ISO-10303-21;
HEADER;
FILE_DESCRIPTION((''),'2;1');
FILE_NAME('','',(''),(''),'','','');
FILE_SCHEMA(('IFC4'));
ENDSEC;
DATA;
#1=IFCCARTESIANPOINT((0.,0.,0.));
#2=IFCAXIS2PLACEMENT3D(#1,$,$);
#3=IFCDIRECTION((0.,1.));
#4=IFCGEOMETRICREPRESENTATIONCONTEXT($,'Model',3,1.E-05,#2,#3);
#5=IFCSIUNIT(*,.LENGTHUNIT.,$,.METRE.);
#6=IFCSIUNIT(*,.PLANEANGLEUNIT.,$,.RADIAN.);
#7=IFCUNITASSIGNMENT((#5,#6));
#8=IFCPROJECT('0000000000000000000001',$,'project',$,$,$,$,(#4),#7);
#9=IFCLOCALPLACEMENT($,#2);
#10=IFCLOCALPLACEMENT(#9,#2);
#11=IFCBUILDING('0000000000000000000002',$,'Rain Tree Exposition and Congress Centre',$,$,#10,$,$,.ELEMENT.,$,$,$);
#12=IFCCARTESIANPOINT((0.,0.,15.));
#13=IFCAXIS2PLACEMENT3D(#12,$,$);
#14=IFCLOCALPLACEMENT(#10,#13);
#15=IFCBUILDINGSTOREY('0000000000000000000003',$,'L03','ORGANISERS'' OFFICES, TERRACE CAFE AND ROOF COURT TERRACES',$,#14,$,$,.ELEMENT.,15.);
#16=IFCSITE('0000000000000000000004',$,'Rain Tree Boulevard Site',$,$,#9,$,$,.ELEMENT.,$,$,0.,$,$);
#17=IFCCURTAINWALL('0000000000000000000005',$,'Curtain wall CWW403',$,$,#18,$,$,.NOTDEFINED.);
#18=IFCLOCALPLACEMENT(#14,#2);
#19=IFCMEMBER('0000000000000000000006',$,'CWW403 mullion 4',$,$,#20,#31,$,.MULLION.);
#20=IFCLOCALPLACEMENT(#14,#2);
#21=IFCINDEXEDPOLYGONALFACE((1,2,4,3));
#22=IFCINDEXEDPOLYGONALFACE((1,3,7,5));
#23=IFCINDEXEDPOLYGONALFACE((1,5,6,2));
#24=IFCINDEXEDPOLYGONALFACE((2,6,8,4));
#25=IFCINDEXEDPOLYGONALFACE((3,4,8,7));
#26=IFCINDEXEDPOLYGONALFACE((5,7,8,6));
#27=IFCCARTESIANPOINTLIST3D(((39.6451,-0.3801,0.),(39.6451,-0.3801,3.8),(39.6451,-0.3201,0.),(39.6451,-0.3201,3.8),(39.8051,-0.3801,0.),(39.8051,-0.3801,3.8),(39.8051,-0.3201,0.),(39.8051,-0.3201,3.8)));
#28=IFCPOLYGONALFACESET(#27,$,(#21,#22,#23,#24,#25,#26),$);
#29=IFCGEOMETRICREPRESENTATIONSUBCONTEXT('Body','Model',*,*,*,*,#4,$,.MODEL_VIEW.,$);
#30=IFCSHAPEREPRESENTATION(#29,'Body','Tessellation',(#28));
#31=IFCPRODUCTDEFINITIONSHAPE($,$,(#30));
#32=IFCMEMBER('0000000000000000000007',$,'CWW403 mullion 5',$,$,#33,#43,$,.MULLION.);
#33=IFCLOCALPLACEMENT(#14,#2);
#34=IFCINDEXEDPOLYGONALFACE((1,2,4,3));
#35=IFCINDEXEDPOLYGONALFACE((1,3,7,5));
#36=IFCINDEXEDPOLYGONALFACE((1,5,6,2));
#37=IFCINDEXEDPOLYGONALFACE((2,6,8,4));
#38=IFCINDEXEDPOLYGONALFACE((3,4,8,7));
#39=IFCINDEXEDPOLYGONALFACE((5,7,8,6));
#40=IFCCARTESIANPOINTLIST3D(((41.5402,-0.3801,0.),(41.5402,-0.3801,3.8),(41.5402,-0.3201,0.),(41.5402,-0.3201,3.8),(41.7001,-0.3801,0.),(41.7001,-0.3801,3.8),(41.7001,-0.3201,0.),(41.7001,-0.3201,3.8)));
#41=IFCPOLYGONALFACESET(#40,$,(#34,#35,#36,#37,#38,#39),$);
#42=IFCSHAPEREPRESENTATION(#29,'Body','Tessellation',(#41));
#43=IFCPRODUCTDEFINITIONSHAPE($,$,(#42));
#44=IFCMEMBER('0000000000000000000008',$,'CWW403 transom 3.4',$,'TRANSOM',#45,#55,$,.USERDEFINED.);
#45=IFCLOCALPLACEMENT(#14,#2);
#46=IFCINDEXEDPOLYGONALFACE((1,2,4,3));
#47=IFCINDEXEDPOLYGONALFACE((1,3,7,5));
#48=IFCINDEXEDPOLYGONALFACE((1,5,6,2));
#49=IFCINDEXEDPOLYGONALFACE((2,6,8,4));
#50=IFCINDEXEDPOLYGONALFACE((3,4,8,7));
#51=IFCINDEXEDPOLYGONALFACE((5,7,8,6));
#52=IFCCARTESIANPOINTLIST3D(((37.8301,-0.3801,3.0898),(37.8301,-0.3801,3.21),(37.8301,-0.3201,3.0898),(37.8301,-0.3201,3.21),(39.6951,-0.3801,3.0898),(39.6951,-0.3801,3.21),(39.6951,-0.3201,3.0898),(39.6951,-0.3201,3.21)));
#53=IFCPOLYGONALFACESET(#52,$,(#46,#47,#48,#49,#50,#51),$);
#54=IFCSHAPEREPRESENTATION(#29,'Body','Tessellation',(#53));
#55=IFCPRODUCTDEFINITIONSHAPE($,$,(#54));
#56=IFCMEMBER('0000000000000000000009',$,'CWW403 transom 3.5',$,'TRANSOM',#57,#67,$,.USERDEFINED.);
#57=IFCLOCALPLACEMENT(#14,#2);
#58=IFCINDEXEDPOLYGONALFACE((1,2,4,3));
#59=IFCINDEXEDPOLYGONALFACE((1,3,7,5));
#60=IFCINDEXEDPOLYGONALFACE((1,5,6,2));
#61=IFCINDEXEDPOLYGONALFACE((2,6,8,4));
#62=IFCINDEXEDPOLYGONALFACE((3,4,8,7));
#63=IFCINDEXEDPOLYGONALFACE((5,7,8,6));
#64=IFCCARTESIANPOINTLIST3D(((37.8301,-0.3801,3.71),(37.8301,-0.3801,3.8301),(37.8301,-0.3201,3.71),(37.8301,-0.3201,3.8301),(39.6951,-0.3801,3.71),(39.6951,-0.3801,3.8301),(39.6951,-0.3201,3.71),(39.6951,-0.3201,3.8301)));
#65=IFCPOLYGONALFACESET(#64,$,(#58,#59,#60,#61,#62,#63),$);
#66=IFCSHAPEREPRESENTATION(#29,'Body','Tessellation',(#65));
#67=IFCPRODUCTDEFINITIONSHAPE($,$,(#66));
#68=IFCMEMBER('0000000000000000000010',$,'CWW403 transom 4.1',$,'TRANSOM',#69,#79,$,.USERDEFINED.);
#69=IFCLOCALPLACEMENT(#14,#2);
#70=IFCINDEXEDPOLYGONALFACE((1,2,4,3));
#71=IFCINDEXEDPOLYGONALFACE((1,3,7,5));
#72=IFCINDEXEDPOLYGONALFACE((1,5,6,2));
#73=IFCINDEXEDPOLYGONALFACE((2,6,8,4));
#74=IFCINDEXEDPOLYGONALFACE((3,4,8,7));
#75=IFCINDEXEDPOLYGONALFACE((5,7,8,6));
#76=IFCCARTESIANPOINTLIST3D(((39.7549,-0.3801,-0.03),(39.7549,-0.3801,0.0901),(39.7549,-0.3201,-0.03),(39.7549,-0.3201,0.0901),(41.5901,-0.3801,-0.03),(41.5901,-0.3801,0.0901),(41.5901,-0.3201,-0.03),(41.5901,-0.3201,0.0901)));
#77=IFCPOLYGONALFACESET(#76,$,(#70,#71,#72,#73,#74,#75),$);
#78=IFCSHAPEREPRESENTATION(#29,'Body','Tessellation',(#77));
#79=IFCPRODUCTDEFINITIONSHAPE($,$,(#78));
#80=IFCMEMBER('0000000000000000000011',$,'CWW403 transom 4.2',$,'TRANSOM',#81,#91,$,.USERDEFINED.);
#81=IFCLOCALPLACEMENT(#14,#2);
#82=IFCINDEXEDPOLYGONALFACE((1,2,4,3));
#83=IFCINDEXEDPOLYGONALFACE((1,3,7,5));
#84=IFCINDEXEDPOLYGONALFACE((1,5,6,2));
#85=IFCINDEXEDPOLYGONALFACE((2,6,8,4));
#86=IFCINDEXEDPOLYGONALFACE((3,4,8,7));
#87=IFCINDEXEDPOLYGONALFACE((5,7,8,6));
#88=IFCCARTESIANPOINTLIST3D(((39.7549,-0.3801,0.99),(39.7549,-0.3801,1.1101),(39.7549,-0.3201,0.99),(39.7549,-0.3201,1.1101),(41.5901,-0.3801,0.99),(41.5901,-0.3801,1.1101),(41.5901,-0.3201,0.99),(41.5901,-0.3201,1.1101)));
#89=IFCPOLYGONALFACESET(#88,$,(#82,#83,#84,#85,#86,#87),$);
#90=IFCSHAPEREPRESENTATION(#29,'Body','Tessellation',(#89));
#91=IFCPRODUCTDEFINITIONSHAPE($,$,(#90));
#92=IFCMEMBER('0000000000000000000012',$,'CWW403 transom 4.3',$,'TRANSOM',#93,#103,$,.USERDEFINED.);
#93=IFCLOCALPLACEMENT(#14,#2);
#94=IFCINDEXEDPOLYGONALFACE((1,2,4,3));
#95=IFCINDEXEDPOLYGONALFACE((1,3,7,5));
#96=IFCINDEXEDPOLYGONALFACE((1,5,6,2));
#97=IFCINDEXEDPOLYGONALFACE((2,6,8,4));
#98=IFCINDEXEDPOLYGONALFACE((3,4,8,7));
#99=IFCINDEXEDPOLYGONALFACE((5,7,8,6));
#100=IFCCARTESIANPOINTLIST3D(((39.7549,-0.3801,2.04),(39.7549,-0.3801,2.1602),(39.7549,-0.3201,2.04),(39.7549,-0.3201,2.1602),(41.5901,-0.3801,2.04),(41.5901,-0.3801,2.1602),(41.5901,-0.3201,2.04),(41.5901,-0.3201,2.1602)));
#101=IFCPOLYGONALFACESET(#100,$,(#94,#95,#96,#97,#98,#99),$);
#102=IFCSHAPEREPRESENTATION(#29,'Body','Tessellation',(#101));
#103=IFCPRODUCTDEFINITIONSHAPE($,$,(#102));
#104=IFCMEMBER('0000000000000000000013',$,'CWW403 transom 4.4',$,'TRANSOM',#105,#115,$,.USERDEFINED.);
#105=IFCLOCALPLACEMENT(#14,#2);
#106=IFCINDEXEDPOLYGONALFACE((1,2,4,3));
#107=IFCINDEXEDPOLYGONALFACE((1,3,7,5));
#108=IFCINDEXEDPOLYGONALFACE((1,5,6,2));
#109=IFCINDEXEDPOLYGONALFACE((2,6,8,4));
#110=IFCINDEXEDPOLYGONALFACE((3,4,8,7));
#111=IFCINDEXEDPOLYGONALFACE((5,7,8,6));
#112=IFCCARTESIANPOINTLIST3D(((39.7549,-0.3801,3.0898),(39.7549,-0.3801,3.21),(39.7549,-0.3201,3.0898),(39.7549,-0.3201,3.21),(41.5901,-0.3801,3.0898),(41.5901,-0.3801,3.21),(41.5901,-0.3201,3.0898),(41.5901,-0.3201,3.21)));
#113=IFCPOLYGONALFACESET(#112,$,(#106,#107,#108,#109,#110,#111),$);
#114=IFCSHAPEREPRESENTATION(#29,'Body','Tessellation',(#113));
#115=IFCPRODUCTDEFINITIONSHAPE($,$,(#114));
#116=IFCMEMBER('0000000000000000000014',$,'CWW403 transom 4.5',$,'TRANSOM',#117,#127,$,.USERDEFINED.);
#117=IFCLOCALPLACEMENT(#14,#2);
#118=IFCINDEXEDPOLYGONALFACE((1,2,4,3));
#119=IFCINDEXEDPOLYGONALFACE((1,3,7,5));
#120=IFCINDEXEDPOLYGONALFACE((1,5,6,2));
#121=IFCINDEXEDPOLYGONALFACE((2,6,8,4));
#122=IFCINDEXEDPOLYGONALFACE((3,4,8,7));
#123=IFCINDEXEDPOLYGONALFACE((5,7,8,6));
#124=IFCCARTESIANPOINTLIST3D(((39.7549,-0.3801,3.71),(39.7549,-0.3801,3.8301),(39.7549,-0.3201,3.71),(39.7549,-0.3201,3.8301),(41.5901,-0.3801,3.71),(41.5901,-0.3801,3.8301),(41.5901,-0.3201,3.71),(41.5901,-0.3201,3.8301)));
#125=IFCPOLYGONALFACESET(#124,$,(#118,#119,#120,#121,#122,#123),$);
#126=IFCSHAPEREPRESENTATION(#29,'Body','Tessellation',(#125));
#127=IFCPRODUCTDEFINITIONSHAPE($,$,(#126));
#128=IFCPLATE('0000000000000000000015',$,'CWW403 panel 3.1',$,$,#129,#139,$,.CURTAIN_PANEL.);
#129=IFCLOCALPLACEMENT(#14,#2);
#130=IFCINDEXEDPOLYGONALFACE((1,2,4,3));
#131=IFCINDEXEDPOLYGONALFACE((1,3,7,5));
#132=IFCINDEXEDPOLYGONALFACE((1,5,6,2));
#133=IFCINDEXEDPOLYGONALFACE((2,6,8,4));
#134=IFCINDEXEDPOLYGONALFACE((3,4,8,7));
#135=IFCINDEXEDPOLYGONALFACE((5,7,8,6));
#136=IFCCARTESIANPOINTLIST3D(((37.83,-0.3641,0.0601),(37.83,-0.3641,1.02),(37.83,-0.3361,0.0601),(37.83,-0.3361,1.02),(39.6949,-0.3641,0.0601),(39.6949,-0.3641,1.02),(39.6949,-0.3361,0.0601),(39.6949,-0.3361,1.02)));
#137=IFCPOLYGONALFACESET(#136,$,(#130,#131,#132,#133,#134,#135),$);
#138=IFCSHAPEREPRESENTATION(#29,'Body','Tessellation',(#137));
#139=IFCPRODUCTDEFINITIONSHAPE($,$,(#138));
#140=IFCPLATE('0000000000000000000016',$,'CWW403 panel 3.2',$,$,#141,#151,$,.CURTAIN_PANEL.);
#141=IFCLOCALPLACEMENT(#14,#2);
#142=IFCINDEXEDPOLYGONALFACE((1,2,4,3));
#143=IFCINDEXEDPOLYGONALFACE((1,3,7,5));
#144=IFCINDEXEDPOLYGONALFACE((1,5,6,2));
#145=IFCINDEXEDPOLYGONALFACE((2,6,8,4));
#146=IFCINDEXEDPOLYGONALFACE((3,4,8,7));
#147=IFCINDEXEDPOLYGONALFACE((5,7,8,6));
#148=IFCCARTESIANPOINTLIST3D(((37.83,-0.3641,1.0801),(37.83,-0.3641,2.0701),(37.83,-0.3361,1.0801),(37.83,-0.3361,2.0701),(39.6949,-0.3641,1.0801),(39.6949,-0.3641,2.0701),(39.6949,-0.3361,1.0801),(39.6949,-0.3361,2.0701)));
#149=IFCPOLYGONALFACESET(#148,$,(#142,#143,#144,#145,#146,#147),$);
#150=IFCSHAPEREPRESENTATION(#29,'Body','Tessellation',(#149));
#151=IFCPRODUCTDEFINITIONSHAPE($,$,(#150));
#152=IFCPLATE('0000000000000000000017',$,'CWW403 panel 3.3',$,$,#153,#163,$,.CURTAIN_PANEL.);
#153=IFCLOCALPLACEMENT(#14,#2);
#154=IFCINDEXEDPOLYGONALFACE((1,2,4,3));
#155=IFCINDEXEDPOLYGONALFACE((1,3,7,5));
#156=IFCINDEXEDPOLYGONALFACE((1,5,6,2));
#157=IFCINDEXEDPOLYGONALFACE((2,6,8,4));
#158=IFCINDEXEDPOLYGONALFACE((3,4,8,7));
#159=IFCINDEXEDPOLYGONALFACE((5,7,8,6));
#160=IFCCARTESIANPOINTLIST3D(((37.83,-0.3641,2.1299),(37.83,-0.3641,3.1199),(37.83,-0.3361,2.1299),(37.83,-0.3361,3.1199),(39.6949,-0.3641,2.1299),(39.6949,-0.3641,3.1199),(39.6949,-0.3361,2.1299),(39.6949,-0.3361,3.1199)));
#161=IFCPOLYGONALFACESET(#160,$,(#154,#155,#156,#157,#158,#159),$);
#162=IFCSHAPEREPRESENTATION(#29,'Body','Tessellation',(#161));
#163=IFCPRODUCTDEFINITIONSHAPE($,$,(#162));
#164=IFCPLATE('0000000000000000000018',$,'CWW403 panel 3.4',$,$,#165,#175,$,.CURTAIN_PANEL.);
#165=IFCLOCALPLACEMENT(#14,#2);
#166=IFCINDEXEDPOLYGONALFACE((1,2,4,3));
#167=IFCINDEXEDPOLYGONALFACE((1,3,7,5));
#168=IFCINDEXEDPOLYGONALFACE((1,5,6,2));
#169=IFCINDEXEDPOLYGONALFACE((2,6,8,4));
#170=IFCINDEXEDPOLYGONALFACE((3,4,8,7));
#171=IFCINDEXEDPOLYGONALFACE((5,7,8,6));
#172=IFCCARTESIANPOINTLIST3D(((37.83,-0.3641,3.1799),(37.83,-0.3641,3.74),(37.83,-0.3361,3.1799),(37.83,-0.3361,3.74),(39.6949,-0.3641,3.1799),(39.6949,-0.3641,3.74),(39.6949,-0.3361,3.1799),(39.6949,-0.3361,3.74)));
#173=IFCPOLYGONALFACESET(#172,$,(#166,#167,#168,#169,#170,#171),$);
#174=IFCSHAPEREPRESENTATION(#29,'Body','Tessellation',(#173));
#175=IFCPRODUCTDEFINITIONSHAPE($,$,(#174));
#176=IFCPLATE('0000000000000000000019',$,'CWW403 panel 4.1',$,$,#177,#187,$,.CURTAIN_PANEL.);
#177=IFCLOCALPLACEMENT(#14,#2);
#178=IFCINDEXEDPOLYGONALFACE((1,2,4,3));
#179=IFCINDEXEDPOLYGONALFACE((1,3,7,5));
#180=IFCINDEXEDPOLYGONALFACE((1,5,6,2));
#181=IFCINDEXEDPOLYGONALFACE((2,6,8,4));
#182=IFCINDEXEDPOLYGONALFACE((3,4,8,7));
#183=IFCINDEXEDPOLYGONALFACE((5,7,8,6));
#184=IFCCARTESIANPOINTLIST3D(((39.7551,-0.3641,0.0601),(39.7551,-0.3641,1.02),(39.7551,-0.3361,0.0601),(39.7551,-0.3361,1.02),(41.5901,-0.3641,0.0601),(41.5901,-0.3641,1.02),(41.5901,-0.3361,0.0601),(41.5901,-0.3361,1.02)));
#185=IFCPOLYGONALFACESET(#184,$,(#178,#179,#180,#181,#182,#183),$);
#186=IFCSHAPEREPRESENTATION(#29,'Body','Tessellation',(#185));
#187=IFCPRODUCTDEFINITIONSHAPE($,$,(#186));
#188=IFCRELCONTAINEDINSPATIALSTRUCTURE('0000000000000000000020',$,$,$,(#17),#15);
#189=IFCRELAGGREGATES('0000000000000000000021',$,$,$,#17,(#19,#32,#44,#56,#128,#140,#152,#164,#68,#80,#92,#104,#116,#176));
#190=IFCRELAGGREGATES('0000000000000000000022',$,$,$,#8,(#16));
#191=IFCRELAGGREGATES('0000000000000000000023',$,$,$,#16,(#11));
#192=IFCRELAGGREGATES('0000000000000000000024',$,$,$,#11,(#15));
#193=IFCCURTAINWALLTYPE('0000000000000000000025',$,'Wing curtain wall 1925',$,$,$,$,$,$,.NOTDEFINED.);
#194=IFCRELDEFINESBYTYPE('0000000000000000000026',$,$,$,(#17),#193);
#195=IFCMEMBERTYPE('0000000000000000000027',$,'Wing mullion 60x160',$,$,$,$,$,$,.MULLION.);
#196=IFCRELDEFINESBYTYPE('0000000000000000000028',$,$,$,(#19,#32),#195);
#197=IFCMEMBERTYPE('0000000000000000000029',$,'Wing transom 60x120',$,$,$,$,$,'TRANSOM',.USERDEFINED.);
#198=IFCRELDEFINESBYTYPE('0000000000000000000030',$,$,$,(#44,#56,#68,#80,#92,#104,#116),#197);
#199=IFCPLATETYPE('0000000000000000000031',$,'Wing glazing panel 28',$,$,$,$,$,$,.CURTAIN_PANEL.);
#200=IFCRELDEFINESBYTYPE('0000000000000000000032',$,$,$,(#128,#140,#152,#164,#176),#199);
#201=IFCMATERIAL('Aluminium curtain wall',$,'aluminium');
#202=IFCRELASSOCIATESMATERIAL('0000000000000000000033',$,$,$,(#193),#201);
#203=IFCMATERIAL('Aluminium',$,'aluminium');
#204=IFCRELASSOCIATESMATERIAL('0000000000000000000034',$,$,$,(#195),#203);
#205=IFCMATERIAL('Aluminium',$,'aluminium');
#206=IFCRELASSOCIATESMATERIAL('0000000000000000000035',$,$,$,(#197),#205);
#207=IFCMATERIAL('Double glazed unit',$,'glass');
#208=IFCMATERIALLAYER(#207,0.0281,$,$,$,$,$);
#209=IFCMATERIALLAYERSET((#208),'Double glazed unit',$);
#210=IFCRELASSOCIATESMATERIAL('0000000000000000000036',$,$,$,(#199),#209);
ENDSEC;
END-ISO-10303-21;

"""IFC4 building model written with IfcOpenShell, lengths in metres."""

from ifc_helpers import new_model, si_unit, direction, frame, origin, origin_2d, place, context, subcontext, project, spatial, rectangle, extrude, material, layer, layer_set, material_profile, profile_set, type_object, element, aggregate, save


model = new_model("IFC4")

# Units and contexts
model_context = context("Model", 3, precision=1e-05, world=origin(), true_north=direction((0.0, 1.0)))
body_context = subcontext(model_context, "Body", "Model", "MODEL_VIEW")
ifc_project = project(units=[si_unit("LENGTHUNIT", "METRE"), si_unit("PLANEANGLEUNIT", "RADIAN")], contexts=[model_context])

# Site, building, storey
site_placement = place(None, origin())
site = spatial("IfcSite", under=ifc_project, at=site_placement, Name="Rain Tree Boulevard Site", CompositionType="ELEMENT", RefElevation=0.0)
building_placement = place(site_placement, origin())
building = spatial("IfcBuilding", under=site, at=building_placement, Name="Rain Tree Exposition and Congress Centre", CompositionType="ELEMENT")
storey_placement = place(building_placement, frame((0.0, 0.0, 15.0)))
storey = spatial("IfcBuildingStorey", under=building, at=storey_placement, Name="L03", Description="ORGANISERS' OFFICES, TERRACE CAFE AND ROOF COURT TERRACES", CompositionType="ELEMENT", Elevation=15.0)

# Curtain wall, members, plates
ifc_material_1 = material(Name="Aluminium curtain wall", Category="aluminium")
curtain_wall_type = type_object("IfcCurtainWallType", Name="Wing curtain wall 1925", PredefinedType="NOTDEFINED", material=ifc_material_1)
curtain_wall_placement = place(storey_placement, origin())
curtain_wall = element("IfcCurtainWall", 1, at=curtain_wall_placement, inside=storey, type_object=curtain_wall_type, Name="Curtain wall CWW403", PredefinedType="NOTDEFINED")
ifc_material_2 = material(Name="Aluminium", Category="aluminium")
ifc_material_profile_1 = material_profile(ifc_material_2, rectangle(XDim=0.0601, YDim=0.1599, at=origin_2d()), Name="Aluminium 60x160")
ifc_profile_set_1 = profile_set([ifc_material_profile_1], Name="Aluminium")
member_type_1 = type_object("IfcMemberType", Name="Wing mullion 60x160", PredefinedType="MULLION", material=ifc_profile_set_1)
member_1_placement = place(storey_placement, frame((39.7251, -0.3501, 0.0), z_axis=(0.0, 0.0, 1.0), x_axis=(0.0, 1.0, 0.0)))
member_1 = element("IfcMember", 2, at=member_1_placement, type_object=member_type_1, Name="CWW403 mullion 4", PredefinedType="MULLION", context=body_context, shape_type="SweptSolid", body=[
    extrude(rectangle(XDim=0.0601, YDim=0.1599, at=origin_2d()), origin(), (0.0, 0.0, 1.0), 3.8),
])
member_2_placement = place(storey_placement, frame((41.6201, -0.3501, 0.0), z_axis=(0.0, 0.0, 1.0), x_axis=(0.0, 1.0, 0.0)))
member_2 = element("IfcMember", 3, at=member_2_placement, type_object=member_type_1, Name="CWW403 mullion 5", PredefinedType="MULLION", context=body_context, shape_type="SweptSolid", body=[
    extrude(rectangle(XDim=0.0601, YDim=0.1599, at=origin_2d()), origin(), (0.0, 0.0, 1.0), 3.8),
])
ifc_material_3 = material(Name="Aluminium", Category="aluminium")
ifc_material_profile_2 = material_profile(ifc_material_3, rectangle(XDim=0.0601, YDim=0.1201, at=origin_2d()), Name="Aluminium 60x120")
ifc_profile_set_2 = profile_set([ifc_material_profile_2], Name="Aluminium")
member_type_2 = type_object("IfcMemberType", Name="Wing transom 60x120", ElementType="TRANSOM", PredefinedType="USERDEFINED", material=ifc_profile_set_2)
member_3_placement = place(storey_placement, frame((37.8301, -0.3501, 3.1499), z_axis=(1.0, 0.0, 0.0), x_axis=(0.0, 1.0, 0.0)))
member_3 = element("IfcMember", 4, at=member_3_placement, type_object=member_type_2, Name="CWW403 transom 3.4", ObjectType="TRANSOM", PredefinedType="USERDEFINED", context=body_context, shape_type="SweptSolid", body=[
    extrude(rectangle(XDim=0.0601, YDim=0.1201, at=origin_2d()), origin(), (0.0, 0.0, 1.0), 1.865),
])
member_4_placement = place(storey_placement, frame((37.8301, -0.3501, 3.77), z_axis=(1.0, 0.0, 0.0), x_axis=(0.0, 1.0, 0.0)))
member_4 = element("IfcMember", 5, at=member_4_placement, type_object=member_type_2, Name="CWW403 transom 3.5", ObjectType="TRANSOM", PredefinedType="USERDEFINED", context=body_context, shape_type="SweptSolid", body=[
    extrude(rectangle(XDim=0.0601, YDim=0.1201, at=origin_2d()), origin(), (0.0, 0.0, 1.0), 1.865),
])
member_5_placement = place(storey_placement, frame((39.7549, -0.3501, 0.03), z_axis=(1.0, 0.0, 0.0), x_axis=(0.0, 1.0, 0.0)))
member_5 = element("IfcMember", 6, at=member_5_placement, type_object=member_type_2, Name="CWW403 transom 4.1", ObjectType="TRANSOM", PredefinedType="USERDEFINED", context=body_context, shape_type="SweptSolid", body=[
    extrude(rectangle(XDim=0.0601, YDim=0.1201, at=origin_2d()), origin(), (0.0, 0.0, 1.0), 1.8352),
])
member_6_placement = place(storey_placement, frame((39.7549, -0.3501, 1.05), z_axis=(1.0, 0.0, 0.0), x_axis=(0.0, 1.0, 0.0)))
member_6 = element("IfcMember", 7, at=member_6_placement, type_object=member_type_2, Name="CWW403 transom 4.2", ObjectType="TRANSOM", PredefinedType="USERDEFINED", context=body_context, shape_type="SweptSolid", body=[
    extrude(rectangle(XDim=0.0601, YDim=0.1201, at=origin_2d()), origin(), (0.0, 0.0, 1.0), 1.8352),
])
member_7_placement = place(storey_placement, frame((39.7549, -0.3501, 2.1001), z_axis=(1.0, 0.0, 0.0), x_axis=(0.0, 1.0, 0.0)))
member_7 = element("IfcMember", 8, at=member_7_placement, type_object=member_type_2, Name="CWW403 transom 4.3", ObjectType="TRANSOM", PredefinedType="USERDEFINED", context=body_context, shape_type="SweptSolid", body=[
    extrude(rectangle(XDim=0.0601, YDim=0.1201, at=origin_2d()), origin(), (0.0, 0.0, 1.0), 1.8352),
])
member_8_placement = place(storey_placement, frame((39.7549, -0.3501, 3.1499), z_axis=(1.0, 0.0, 0.0), x_axis=(0.0, 1.0, 0.0)))
member_8 = element("IfcMember", 9, at=member_8_placement, type_object=member_type_2, Name="CWW403 transom 4.4", ObjectType="TRANSOM", PredefinedType="USERDEFINED", context=body_context, shape_type="SweptSolid", body=[
    extrude(rectangle(XDim=0.0601, YDim=0.1201, at=origin_2d()), origin(), (0.0, 0.0, 1.0), 1.8352),
])
member_9_placement = place(storey_placement, frame((39.7549, -0.3501, 3.77), z_axis=(1.0, 0.0, 0.0), x_axis=(0.0, 1.0, 0.0)))
member_9 = element("IfcMember", 10, at=member_9_placement, type_object=member_type_2, Name="CWW403 transom 4.5", ObjectType="TRANSOM", PredefinedType="USERDEFINED", context=body_context, shape_type="SweptSolid", body=[
    extrude(rectangle(XDim=0.0601, YDim=0.1201, at=origin_2d()), origin(), (0.0, 0.0, 1.0), 1.8352),
])
ifc_material_4 = material(Name="Double glazed unit", Category="glass")
ifc_layer_1 = layer(ifc_material_4, 0.0281)
ifc_layer_set_1 = layer_set([ifc_layer_1], Name="Double glazed unit")
plate_type = type_object("IfcPlateType", Name="Wing glazing panel 28", PredefinedType="CURTAIN_PANEL", material=ifc_layer_set_1)
plate_1_placement = place(storey_placement, frame((38.7625, -0.3501, 0.0601), z_axis=(0.0, 0.0, 1.0), x_axis=(1.0, 0.0, 0.0)))
plate_1 = element("IfcPlate", 11, at=plate_1_placement, type_object=plate_type, Name="CWW403 panel 3.1", PredefinedType="CURTAIN_PANEL", context=body_context, shape_type="SweptSolid", body=[
    extrude(rectangle(XDim=1.865, YDim=0.0281, at=origin_2d()), origin(), (0.0, 0.0, 1.0), 0.96),
])
plate_2_placement = place(storey_placement, frame((38.7625, -0.3501, 1.0801), z_axis=(0.0, 0.0, 1.0), x_axis=(1.0, 0.0, 0.0)))
plate_2 = element("IfcPlate", 12, at=plate_2_placement, type_object=plate_type, Name="CWW403 panel 3.2", PredefinedType="CURTAIN_PANEL", context=body_context, shape_type="SweptSolid", body=[
    extrude(rectangle(XDim=1.865, YDim=0.0281, at=origin_2d()), origin(), (0.0, 0.0, 1.0), 0.99),
])
plate_3_placement = place(storey_placement, frame((38.7625, -0.3501, 2.1299), z_axis=(0.0, 0.0, 1.0), x_axis=(1.0, 0.0, 0.0)))
plate_3 = element("IfcPlate", 13, at=plate_3_placement, type_object=plate_type, Name="CWW403 panel 3.3", PredefinedType="CURTAIN_PANEL", context=body_context, shape_type="SweptSolid", body=[
    extrude(rectangle(XDim=1.865, YDim=0.0281, at=origin_2d()), origin(), (0.0, 0.0, 1.0), 0.99),
])
plate_4_placement = place(storey_placement, frame((38.7625, -0.3501, 3.1799), z_axis=(0.0, 0.0, 1.0), x_axis=(1.0, 0.0, 0.0)))
plate_4 = element("IfcPlate", 14, at=plate_4_placement, type_object=plate_type, Name="CWW403 panel 3.4", PredefinedType="CURTAIN_PANEL", context=body_context, shape_type="SweptSolid", body=[
    extrude(rectangle(XDim=1.865, YDim=0.0281, at=origin_2d()), origin(), (0.0, 0.0, 1.0), 0.5601),
])
plate_5_placement = place(storey_placement, frame((40.6726, -0.3501, 0.0601), z_axis=(0.0, 0.0, 1.0), x_axis=(1.0, 0.0, 0.0)))
plate_5 = element("IfcPlate", 15, at=plate_5_placement, type_object=plate_type, Name="CWW403 panel 4.1", PredefinedType="CURTAIN_PANEL", context=body_context, shape_type="SweptSolid", body=[
    extrude(rectangle(XDim=1.835, YDim=0.0281, at=origin_2d()), origin(), (0.0, 0.0, 1.0), 0.96),
])
aggregate(curtain_wall, [member_1, member_2, member_3, member_4, plate_1, plate_2, plate_3, plate_4, member_5, member_6, member_7, member_8, member_9, plate_5])

save(model, "model.ifc")
